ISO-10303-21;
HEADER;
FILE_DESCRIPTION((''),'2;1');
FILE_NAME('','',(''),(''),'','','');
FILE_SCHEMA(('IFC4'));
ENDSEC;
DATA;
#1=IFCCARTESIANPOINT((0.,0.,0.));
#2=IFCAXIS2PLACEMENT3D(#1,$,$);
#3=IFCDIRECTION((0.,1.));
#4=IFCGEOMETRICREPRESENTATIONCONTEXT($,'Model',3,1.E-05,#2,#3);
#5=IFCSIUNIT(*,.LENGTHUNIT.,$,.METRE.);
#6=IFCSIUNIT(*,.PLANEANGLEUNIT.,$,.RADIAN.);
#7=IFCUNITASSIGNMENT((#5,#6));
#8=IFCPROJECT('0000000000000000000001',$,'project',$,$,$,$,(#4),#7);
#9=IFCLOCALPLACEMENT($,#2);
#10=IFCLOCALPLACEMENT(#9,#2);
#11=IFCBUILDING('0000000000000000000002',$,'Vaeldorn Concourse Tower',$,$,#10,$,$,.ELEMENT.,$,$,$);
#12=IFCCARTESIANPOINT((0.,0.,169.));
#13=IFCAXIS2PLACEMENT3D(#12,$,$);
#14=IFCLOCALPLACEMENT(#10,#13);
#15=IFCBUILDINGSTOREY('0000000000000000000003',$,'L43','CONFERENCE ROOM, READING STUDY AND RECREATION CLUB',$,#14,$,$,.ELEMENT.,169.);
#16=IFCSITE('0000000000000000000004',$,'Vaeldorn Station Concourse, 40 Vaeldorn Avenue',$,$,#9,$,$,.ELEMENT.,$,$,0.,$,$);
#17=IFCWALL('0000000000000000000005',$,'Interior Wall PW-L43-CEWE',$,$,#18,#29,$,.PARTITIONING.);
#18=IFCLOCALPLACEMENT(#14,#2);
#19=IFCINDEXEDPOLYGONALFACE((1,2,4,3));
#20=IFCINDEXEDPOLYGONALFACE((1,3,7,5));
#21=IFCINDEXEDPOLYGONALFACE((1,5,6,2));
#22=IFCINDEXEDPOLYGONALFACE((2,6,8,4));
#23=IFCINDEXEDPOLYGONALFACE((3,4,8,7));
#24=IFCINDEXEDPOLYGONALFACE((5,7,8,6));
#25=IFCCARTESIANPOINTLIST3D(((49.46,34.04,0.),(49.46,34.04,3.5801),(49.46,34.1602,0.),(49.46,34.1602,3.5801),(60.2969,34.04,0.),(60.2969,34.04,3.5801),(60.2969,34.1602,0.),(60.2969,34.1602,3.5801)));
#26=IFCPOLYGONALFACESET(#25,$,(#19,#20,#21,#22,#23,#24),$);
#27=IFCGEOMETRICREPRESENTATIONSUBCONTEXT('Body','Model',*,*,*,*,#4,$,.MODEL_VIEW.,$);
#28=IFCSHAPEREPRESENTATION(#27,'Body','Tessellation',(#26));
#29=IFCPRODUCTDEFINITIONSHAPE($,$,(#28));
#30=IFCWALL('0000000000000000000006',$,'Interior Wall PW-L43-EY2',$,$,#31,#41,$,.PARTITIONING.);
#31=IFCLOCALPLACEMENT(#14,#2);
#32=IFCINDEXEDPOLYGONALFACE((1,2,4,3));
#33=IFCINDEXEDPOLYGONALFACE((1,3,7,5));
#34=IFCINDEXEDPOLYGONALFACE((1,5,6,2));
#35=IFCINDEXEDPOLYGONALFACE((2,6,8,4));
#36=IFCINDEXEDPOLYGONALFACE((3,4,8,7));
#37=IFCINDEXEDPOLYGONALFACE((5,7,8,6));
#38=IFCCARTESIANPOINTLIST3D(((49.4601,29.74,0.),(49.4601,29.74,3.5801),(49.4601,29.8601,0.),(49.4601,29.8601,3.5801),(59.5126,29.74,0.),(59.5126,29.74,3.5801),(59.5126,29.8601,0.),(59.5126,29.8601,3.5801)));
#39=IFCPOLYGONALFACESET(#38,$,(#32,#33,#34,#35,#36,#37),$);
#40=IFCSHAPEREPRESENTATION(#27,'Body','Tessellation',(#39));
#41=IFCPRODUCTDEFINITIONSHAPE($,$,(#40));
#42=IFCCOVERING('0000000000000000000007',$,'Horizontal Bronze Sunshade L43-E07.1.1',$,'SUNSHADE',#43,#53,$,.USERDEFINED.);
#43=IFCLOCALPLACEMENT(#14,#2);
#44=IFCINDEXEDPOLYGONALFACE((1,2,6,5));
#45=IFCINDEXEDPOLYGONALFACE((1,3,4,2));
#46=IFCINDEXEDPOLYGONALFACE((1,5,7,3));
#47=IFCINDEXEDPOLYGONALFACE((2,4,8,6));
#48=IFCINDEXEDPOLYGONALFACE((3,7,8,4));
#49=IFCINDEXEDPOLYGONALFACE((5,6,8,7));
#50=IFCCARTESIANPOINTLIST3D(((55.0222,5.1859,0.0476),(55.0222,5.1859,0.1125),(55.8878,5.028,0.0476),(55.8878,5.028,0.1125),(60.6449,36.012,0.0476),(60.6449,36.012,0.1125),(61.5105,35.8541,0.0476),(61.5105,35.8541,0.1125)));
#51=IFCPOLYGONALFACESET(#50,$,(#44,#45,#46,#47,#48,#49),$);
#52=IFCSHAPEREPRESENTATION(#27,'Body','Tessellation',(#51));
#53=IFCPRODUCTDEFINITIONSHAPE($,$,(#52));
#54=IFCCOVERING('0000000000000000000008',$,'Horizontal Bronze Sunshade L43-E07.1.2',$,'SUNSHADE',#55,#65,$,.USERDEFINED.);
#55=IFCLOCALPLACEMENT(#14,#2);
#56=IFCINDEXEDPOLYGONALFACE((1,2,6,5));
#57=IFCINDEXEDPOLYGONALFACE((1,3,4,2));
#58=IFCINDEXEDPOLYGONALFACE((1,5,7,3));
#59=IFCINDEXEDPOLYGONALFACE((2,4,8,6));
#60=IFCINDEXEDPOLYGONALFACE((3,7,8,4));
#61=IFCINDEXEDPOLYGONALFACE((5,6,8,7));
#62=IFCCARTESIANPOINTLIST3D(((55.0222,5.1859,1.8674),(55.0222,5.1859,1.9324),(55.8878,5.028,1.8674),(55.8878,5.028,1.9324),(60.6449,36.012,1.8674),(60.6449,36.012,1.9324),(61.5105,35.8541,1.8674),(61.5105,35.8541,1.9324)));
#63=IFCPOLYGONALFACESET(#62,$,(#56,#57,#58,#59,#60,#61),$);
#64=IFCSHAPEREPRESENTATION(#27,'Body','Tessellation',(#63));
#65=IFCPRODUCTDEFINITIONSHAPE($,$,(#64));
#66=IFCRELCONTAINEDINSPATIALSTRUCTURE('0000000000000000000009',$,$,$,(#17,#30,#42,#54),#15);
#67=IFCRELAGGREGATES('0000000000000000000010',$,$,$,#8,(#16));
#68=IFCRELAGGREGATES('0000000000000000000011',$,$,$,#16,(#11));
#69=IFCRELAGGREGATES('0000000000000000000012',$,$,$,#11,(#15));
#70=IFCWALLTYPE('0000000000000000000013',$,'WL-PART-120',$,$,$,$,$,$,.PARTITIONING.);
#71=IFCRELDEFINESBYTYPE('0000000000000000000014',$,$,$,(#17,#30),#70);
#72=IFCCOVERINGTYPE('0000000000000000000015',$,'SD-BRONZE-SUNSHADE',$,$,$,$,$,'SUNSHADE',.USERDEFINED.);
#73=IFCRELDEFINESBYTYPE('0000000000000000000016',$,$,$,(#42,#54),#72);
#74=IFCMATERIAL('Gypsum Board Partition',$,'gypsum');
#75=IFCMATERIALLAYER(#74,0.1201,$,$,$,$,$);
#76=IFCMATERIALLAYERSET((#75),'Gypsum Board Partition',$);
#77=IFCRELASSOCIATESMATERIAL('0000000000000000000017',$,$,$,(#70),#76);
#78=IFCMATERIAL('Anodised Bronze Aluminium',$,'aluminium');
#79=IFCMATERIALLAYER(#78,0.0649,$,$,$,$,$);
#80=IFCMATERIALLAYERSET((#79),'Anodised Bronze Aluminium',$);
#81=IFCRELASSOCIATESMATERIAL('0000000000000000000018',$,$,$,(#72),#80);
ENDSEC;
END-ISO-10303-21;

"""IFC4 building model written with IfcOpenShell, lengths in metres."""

from ifc_helpers import new_model, si_unit, direction, frame, frame_2d, origin, origin_2d, place, context, subcontext, project, spatial, rectangle, extrude, source, transform, mapped, material, layer, layer_set, type_object, element, save


model = new_model("IFC4")

# Units and contexts
model_context = context("Model", 3, precision=1e-05, world=origin(), true_north=direction((0.0, 1.0)))
body_context = subcontext(model_context, "Body", "Model", "MODEL_VIEW")
ifc_project = project(units=[si_unit("LENGTHUNIT", "METRE"), si_unit("PLANEANGLEUNIT", "RADIAN")], contexts=[model_context])

# Site, building, storey
site_placement = place(None, origin())
site = spatial("IfcSite", under=ifc_project, at=site_placement, Name="Vaeldorn Station Concourse, 40 Vaeldorn Avenue", CompositionType="ELEMENT", RefElevation=0.0)
building_placement = place(site_placement, origin())
building = spatial("IfcBuilding", under=site, at=building_placement, Name="Vaeldorn Concourse Tower", CompositionType="ELEMENT")
storey_placement = place(building_placement, frame((0.0, 0.0, 169.0)))
storey = spatial("IfcBuildingStorey", under=building, at=storey_placement, Name="L43", Description="CONFERENCE ROOM, READING STUDY AND RECREATION CLUB", CompositionType="ELEMENT", Elevation=169.0)

# Shared definitions
ifc_material_1 = material(Name="Anodised Bronze Aluminium", Category="aluminium")

# Wall
ifc_material_2 = material(Name="Gypsum Board Partition", Category="gypsum")
ifc_layer_1 = layer(ifc_material_2, 0.1201)
ifc_layer_set_1 = layer_set([ifc_layer_1], Name="Gypsum Board Partition")
wall_type = type_object("IfcWallType", Name="WL-PART-120", PredefinedType="PARTITIONING", material=ifc_layer_set_1)
wall_1_placement = place(storey_placement, frame((49.46, 34.1001, 0.0), z_axis=(0.0, 0.0, 1.0), x_axis=(1.0, 0.0, 0.0)))
element("IfcWall", 1, at=wall_1_placement, inside=storey, type_object=wall_type, Name="Interior Wall PW-L43-CEWE", PredefinedType="PARTITIONING", context=body_context, shape_type="SweptSolid", body=[
    extrude(rectangle(XDim=10.8369, YDim=0.1201, at=frame_2d((5.4185, 0.0))), origin(), (0.0, 0.0, 1.0), 3.5801),
])

# Wall
wall_2_placement = place(storey_placement, frame((49.46, 29.8, 0.0), z_axis=(0.0, 0.0, 1.0), x_axis=(1.0, 0.0, 0.0)))
element("IfcWall", 2, at=wall_2_placement, inside=storey, type_object=wall_type, Name="Interior Wall PW-L43-EY2", PredefinedType="PARTITIONING", context=body_context, shape_type="SweptSolid", body=[
    extrude(rectangle(XDim=10.0525, YDim=0.1201, at=frame_2d((5.0264, 0.0))), origin(), (0.0, 0.0, 1.0), 3.5801),
])

# Coverings
ifc_layer_2 = layer(ifc_material_1, 0.0649)
ifc_layer_set_2 = layer_set([ifc_layer_2], Name="Anodised Bronze Aluminium")
covering_type = type_object("IfcCoveringType", Name="SD-BRONZE-SUNSHADE", ElementType="SUNSHADE", PredefinedType="USERDEFINED", material=ifc_layer_set_2)
shared_shape_1 = source(origin(), body_context, "Body", "SweptSolid", [
    extrude(rectangle(XDim=31.3347, YDim=0.8799, at=origin_2d()), origin(), (0.0, 0.0, 1.0), 0.0649),
])
for number, where, z_axis, x_axis, name in (
    (3, (58.2664, 20.52, 0.0476), (0.0, 0.0, 1.0), (0.179438, 0.983769, 0.0), "Horizontal Bronze Sunshade L43-E07.1.1"),
    (4, (58.2664, 20.52, 1.8674), (0.0, 0.0, 1.0), (0.179438, 0.983769, 0.0), "Horizontal Bronze Sunshade L43-E07.1.2"),
):
    element("IfcCovering", number, at=place(storey_placement, frame(where, z_axis=z_axis, x_axis=x_axis)), inside=storey, type_object=covering_type, Name=name, ObjectType="SUNSHADE", PredefinedType="USERDEFINED", context=body_context, shape_type="MappedRepresentation", body=[
        mapped(shared_shape_1, transform((0.0, 0.0, 0.0), scale=1.0)),
    ])

save(model, "model.ifc")
